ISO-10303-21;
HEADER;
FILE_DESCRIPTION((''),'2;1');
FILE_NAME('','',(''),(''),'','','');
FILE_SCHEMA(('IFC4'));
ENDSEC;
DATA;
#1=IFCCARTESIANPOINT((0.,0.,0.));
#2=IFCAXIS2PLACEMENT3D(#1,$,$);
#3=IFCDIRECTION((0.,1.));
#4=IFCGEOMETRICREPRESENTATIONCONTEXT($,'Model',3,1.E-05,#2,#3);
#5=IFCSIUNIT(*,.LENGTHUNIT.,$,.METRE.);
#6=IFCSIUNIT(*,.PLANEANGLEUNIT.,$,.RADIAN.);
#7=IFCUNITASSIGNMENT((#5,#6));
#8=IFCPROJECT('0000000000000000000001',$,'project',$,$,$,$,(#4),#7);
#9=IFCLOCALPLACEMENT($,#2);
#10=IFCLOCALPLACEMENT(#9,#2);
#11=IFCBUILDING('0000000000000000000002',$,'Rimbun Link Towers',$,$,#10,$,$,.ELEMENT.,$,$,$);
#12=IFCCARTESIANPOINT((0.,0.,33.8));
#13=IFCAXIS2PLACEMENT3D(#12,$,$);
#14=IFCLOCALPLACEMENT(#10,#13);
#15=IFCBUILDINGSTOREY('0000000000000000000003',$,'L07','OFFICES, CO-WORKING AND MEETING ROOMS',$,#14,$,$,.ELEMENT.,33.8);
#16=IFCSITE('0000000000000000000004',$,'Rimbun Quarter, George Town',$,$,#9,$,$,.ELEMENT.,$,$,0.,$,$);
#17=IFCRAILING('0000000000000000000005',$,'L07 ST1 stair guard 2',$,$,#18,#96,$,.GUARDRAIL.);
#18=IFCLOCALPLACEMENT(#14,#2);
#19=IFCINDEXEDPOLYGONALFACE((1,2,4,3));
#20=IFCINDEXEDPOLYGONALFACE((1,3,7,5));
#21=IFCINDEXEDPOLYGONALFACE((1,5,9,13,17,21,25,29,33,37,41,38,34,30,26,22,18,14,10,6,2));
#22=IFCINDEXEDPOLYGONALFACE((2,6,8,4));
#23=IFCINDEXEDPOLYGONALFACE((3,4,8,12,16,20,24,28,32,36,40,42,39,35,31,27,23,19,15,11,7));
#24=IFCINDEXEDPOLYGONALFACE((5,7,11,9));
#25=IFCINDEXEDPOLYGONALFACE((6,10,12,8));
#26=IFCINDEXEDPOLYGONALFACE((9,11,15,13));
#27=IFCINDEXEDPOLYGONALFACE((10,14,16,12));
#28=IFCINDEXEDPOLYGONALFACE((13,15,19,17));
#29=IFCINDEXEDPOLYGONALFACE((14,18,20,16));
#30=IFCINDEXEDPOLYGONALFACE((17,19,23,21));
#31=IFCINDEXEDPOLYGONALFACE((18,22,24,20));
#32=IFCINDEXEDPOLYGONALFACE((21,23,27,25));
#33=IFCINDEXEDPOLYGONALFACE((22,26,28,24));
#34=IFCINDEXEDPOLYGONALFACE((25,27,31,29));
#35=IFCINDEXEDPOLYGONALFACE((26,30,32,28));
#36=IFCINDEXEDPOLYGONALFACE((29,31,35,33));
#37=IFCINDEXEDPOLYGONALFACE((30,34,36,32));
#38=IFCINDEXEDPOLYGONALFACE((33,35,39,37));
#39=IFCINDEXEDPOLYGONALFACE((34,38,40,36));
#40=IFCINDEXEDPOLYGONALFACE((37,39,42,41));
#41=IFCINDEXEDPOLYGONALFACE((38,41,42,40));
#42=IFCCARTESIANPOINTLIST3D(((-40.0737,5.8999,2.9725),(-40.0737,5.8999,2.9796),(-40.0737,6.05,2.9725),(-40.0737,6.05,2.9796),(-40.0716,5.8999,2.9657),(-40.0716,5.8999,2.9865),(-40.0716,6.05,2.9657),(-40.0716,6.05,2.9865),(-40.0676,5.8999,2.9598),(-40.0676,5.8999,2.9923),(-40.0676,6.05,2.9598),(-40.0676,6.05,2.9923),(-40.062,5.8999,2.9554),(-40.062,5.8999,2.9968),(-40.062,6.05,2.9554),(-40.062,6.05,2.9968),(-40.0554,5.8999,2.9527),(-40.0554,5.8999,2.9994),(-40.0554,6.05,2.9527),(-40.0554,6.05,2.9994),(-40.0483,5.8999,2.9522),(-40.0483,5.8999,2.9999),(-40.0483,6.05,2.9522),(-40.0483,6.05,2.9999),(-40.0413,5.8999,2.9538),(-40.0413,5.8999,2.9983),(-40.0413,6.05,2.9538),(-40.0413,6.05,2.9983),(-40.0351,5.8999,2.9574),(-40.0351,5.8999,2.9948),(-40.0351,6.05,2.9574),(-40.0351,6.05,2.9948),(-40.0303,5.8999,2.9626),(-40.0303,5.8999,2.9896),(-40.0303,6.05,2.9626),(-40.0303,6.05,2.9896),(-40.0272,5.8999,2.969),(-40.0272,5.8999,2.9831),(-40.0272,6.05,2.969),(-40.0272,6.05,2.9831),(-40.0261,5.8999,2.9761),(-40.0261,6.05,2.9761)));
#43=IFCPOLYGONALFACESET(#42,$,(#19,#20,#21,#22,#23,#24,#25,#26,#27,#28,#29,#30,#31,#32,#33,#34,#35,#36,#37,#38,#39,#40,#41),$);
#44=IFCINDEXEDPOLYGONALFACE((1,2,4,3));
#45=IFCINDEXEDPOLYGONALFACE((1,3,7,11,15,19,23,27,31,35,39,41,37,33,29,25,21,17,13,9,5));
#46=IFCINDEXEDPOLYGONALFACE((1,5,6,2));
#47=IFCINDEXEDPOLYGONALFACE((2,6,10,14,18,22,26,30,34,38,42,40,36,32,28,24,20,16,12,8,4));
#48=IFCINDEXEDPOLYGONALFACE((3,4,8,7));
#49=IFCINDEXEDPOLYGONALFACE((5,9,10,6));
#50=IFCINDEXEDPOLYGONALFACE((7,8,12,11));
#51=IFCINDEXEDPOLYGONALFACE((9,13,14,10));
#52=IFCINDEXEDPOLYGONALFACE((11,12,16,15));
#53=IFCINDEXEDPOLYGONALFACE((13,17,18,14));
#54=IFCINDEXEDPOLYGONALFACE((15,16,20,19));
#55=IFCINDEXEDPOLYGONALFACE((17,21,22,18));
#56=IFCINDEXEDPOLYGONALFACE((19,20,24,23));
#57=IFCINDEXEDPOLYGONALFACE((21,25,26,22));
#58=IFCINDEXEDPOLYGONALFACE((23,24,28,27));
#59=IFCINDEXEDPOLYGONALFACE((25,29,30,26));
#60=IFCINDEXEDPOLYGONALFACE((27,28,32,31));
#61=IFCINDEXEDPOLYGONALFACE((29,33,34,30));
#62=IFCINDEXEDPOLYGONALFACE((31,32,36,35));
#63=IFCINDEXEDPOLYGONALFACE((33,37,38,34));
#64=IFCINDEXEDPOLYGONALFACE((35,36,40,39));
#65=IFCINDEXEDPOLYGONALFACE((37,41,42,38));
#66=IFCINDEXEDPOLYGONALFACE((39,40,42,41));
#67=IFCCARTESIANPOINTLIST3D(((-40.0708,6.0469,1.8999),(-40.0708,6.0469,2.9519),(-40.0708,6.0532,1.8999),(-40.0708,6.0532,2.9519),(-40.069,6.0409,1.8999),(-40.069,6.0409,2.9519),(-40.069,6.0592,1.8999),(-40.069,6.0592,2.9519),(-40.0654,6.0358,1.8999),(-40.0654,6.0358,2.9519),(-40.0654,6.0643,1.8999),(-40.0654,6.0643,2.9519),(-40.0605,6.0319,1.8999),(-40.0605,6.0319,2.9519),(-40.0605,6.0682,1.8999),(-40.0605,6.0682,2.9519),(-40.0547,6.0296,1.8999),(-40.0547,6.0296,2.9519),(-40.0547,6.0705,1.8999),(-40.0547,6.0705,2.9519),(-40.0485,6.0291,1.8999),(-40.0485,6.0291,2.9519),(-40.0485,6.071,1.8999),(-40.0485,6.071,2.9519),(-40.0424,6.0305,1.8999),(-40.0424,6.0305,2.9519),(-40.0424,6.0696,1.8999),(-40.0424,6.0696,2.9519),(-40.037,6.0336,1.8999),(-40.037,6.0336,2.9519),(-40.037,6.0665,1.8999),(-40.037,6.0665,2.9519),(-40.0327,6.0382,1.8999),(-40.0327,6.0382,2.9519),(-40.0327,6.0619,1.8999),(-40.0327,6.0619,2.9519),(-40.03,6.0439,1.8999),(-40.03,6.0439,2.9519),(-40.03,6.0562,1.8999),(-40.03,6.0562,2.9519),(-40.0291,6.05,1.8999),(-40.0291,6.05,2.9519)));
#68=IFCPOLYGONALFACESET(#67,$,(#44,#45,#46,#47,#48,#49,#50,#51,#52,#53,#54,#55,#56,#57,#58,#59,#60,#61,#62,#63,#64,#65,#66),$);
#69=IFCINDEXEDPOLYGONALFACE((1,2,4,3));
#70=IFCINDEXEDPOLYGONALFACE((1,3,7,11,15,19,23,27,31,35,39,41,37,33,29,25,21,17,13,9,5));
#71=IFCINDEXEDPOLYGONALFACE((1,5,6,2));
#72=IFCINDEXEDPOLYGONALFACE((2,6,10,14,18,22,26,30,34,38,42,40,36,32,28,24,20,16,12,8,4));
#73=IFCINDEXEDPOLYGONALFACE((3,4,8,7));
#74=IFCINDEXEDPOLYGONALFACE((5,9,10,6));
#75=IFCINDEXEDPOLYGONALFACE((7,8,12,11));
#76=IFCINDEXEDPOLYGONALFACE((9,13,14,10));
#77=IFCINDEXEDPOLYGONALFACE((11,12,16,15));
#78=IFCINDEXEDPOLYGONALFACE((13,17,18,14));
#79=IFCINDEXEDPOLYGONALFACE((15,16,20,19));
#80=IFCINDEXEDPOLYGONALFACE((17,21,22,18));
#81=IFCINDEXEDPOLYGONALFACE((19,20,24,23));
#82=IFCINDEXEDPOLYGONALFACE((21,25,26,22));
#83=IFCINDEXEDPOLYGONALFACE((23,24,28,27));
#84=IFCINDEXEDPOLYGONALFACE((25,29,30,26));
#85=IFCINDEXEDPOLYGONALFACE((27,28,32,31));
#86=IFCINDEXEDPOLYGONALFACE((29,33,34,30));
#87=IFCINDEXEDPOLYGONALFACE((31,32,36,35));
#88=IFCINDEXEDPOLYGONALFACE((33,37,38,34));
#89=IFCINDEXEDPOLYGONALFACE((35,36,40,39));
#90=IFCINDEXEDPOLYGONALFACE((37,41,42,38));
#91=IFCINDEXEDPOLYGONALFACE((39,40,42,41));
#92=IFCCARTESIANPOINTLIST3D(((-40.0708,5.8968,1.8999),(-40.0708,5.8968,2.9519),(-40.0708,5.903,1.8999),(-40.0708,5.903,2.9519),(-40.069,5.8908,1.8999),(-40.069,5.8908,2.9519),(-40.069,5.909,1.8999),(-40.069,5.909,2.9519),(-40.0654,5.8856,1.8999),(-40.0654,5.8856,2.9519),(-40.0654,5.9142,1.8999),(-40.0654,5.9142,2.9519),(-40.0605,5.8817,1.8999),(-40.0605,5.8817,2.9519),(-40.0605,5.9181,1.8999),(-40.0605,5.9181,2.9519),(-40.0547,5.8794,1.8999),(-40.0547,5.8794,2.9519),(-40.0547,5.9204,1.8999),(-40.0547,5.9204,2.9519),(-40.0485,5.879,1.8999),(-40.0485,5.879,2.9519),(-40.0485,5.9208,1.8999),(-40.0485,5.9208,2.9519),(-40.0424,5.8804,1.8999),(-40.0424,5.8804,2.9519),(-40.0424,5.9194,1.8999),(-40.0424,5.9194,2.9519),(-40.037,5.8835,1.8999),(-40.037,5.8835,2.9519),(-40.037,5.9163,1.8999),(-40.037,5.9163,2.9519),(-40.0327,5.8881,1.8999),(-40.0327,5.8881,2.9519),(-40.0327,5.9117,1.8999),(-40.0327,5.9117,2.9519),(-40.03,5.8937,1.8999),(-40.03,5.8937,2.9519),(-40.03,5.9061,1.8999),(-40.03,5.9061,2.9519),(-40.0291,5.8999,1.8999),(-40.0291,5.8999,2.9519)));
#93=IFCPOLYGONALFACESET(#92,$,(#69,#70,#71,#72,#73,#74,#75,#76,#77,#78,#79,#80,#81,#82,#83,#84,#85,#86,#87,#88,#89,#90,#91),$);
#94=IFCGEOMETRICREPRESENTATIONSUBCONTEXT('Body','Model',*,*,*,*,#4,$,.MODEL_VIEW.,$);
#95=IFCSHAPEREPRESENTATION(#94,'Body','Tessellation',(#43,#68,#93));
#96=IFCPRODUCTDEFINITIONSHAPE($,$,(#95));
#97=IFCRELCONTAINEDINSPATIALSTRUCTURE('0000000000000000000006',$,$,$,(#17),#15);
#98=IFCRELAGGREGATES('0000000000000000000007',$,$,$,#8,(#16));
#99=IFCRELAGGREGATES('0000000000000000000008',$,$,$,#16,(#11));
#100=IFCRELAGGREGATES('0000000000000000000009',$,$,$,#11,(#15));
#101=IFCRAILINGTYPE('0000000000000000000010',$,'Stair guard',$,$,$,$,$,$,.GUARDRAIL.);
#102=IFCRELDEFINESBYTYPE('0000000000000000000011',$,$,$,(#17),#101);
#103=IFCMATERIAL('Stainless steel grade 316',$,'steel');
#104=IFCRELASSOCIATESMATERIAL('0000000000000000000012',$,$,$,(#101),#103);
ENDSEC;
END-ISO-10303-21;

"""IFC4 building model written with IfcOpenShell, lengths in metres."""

from ifc_helpers import new_model, si_unit, direction, frame, origin, origin_2d, place, context, subcontext, project, spatial, circle, extrude, material, type_object, element, save


model = new_model("IFC4")

# Units and contexts
model_context = context("Model", 3, precision=1e-05, world=origin(), true_north=direction((0.0, 1.0)))
body_context = subcontext(model_context, "Body", "Model", "MODEL_VIEW")
ifc_project = project(units=[si_unit("LENGTHUNIT", "METRE"), si_unit("PLANEANGLEUNIT", "RADIAN")], contexts=[model_context])

# Site, building, storey
site_placement = place(None, origin())
site = spatial("IfcSite", under=ifc_project, at=site_placement, Name="Rimbun Quarter, George Town", CompositionType="ELEMENT", RefElevation=0.0)
building_placement = place(site_placement, origin())
building = spatial("IfcBuilding", under=site, at=building_placement, Name="Rimbun Link Towers", CompositionType="ELEMENT")
storey_placement = place(building_placement, frame((0.0, 0.0, 33.8)))
storey = spatial("IfcBuildingStorey", under=building, at=storey_placement, Name="L07", Description="OFFICES, CO-WORKING AND MEETING ROOMS", CompositionType="ELEMENT", Elevation=33.8)

# Railing
ifc_material_1 = material(Name="Stainless steel grade 316", Category="steel")
railing_type_1 = type_object("IfcRailingType", Name="Stair guard", PredefinedType="GUARDRAIL", material=ifc_material_1)
railing_1_placement = place(storey_placement, frame((-40.05, 6.05, 1.8999)))
element("IfcRailing", 1, at=railing_1_placement, inside=storey, type_object=railing_type_1, Name="L07 ST1 stair guard 2", PredefinedType="GUARDRAIL", context=body_context, shape_type="SweptSolid", body=[
    extrude(circle(Radius=0.0239, at=origin_2d()), frame((0.0, 0.0, 1.0762), z_axis=(0.0, -1.0, 0.0), x_axis=(1.0, 0.0, 0.0)), (0.0, 0.0, 1.0), 0.1501),
    extrude(circle(Radius=0.021, at=origin_2d()), origin(), (0.0, 0.0, 1.0), 1.052),
    extrude(circle(Radius=0.021, at=origin_2d()), frame((0.0, -0.1501, 0.0)), (0.0, 0.0, 1.0), 1.052),
])

save(model, "model.ifc")
